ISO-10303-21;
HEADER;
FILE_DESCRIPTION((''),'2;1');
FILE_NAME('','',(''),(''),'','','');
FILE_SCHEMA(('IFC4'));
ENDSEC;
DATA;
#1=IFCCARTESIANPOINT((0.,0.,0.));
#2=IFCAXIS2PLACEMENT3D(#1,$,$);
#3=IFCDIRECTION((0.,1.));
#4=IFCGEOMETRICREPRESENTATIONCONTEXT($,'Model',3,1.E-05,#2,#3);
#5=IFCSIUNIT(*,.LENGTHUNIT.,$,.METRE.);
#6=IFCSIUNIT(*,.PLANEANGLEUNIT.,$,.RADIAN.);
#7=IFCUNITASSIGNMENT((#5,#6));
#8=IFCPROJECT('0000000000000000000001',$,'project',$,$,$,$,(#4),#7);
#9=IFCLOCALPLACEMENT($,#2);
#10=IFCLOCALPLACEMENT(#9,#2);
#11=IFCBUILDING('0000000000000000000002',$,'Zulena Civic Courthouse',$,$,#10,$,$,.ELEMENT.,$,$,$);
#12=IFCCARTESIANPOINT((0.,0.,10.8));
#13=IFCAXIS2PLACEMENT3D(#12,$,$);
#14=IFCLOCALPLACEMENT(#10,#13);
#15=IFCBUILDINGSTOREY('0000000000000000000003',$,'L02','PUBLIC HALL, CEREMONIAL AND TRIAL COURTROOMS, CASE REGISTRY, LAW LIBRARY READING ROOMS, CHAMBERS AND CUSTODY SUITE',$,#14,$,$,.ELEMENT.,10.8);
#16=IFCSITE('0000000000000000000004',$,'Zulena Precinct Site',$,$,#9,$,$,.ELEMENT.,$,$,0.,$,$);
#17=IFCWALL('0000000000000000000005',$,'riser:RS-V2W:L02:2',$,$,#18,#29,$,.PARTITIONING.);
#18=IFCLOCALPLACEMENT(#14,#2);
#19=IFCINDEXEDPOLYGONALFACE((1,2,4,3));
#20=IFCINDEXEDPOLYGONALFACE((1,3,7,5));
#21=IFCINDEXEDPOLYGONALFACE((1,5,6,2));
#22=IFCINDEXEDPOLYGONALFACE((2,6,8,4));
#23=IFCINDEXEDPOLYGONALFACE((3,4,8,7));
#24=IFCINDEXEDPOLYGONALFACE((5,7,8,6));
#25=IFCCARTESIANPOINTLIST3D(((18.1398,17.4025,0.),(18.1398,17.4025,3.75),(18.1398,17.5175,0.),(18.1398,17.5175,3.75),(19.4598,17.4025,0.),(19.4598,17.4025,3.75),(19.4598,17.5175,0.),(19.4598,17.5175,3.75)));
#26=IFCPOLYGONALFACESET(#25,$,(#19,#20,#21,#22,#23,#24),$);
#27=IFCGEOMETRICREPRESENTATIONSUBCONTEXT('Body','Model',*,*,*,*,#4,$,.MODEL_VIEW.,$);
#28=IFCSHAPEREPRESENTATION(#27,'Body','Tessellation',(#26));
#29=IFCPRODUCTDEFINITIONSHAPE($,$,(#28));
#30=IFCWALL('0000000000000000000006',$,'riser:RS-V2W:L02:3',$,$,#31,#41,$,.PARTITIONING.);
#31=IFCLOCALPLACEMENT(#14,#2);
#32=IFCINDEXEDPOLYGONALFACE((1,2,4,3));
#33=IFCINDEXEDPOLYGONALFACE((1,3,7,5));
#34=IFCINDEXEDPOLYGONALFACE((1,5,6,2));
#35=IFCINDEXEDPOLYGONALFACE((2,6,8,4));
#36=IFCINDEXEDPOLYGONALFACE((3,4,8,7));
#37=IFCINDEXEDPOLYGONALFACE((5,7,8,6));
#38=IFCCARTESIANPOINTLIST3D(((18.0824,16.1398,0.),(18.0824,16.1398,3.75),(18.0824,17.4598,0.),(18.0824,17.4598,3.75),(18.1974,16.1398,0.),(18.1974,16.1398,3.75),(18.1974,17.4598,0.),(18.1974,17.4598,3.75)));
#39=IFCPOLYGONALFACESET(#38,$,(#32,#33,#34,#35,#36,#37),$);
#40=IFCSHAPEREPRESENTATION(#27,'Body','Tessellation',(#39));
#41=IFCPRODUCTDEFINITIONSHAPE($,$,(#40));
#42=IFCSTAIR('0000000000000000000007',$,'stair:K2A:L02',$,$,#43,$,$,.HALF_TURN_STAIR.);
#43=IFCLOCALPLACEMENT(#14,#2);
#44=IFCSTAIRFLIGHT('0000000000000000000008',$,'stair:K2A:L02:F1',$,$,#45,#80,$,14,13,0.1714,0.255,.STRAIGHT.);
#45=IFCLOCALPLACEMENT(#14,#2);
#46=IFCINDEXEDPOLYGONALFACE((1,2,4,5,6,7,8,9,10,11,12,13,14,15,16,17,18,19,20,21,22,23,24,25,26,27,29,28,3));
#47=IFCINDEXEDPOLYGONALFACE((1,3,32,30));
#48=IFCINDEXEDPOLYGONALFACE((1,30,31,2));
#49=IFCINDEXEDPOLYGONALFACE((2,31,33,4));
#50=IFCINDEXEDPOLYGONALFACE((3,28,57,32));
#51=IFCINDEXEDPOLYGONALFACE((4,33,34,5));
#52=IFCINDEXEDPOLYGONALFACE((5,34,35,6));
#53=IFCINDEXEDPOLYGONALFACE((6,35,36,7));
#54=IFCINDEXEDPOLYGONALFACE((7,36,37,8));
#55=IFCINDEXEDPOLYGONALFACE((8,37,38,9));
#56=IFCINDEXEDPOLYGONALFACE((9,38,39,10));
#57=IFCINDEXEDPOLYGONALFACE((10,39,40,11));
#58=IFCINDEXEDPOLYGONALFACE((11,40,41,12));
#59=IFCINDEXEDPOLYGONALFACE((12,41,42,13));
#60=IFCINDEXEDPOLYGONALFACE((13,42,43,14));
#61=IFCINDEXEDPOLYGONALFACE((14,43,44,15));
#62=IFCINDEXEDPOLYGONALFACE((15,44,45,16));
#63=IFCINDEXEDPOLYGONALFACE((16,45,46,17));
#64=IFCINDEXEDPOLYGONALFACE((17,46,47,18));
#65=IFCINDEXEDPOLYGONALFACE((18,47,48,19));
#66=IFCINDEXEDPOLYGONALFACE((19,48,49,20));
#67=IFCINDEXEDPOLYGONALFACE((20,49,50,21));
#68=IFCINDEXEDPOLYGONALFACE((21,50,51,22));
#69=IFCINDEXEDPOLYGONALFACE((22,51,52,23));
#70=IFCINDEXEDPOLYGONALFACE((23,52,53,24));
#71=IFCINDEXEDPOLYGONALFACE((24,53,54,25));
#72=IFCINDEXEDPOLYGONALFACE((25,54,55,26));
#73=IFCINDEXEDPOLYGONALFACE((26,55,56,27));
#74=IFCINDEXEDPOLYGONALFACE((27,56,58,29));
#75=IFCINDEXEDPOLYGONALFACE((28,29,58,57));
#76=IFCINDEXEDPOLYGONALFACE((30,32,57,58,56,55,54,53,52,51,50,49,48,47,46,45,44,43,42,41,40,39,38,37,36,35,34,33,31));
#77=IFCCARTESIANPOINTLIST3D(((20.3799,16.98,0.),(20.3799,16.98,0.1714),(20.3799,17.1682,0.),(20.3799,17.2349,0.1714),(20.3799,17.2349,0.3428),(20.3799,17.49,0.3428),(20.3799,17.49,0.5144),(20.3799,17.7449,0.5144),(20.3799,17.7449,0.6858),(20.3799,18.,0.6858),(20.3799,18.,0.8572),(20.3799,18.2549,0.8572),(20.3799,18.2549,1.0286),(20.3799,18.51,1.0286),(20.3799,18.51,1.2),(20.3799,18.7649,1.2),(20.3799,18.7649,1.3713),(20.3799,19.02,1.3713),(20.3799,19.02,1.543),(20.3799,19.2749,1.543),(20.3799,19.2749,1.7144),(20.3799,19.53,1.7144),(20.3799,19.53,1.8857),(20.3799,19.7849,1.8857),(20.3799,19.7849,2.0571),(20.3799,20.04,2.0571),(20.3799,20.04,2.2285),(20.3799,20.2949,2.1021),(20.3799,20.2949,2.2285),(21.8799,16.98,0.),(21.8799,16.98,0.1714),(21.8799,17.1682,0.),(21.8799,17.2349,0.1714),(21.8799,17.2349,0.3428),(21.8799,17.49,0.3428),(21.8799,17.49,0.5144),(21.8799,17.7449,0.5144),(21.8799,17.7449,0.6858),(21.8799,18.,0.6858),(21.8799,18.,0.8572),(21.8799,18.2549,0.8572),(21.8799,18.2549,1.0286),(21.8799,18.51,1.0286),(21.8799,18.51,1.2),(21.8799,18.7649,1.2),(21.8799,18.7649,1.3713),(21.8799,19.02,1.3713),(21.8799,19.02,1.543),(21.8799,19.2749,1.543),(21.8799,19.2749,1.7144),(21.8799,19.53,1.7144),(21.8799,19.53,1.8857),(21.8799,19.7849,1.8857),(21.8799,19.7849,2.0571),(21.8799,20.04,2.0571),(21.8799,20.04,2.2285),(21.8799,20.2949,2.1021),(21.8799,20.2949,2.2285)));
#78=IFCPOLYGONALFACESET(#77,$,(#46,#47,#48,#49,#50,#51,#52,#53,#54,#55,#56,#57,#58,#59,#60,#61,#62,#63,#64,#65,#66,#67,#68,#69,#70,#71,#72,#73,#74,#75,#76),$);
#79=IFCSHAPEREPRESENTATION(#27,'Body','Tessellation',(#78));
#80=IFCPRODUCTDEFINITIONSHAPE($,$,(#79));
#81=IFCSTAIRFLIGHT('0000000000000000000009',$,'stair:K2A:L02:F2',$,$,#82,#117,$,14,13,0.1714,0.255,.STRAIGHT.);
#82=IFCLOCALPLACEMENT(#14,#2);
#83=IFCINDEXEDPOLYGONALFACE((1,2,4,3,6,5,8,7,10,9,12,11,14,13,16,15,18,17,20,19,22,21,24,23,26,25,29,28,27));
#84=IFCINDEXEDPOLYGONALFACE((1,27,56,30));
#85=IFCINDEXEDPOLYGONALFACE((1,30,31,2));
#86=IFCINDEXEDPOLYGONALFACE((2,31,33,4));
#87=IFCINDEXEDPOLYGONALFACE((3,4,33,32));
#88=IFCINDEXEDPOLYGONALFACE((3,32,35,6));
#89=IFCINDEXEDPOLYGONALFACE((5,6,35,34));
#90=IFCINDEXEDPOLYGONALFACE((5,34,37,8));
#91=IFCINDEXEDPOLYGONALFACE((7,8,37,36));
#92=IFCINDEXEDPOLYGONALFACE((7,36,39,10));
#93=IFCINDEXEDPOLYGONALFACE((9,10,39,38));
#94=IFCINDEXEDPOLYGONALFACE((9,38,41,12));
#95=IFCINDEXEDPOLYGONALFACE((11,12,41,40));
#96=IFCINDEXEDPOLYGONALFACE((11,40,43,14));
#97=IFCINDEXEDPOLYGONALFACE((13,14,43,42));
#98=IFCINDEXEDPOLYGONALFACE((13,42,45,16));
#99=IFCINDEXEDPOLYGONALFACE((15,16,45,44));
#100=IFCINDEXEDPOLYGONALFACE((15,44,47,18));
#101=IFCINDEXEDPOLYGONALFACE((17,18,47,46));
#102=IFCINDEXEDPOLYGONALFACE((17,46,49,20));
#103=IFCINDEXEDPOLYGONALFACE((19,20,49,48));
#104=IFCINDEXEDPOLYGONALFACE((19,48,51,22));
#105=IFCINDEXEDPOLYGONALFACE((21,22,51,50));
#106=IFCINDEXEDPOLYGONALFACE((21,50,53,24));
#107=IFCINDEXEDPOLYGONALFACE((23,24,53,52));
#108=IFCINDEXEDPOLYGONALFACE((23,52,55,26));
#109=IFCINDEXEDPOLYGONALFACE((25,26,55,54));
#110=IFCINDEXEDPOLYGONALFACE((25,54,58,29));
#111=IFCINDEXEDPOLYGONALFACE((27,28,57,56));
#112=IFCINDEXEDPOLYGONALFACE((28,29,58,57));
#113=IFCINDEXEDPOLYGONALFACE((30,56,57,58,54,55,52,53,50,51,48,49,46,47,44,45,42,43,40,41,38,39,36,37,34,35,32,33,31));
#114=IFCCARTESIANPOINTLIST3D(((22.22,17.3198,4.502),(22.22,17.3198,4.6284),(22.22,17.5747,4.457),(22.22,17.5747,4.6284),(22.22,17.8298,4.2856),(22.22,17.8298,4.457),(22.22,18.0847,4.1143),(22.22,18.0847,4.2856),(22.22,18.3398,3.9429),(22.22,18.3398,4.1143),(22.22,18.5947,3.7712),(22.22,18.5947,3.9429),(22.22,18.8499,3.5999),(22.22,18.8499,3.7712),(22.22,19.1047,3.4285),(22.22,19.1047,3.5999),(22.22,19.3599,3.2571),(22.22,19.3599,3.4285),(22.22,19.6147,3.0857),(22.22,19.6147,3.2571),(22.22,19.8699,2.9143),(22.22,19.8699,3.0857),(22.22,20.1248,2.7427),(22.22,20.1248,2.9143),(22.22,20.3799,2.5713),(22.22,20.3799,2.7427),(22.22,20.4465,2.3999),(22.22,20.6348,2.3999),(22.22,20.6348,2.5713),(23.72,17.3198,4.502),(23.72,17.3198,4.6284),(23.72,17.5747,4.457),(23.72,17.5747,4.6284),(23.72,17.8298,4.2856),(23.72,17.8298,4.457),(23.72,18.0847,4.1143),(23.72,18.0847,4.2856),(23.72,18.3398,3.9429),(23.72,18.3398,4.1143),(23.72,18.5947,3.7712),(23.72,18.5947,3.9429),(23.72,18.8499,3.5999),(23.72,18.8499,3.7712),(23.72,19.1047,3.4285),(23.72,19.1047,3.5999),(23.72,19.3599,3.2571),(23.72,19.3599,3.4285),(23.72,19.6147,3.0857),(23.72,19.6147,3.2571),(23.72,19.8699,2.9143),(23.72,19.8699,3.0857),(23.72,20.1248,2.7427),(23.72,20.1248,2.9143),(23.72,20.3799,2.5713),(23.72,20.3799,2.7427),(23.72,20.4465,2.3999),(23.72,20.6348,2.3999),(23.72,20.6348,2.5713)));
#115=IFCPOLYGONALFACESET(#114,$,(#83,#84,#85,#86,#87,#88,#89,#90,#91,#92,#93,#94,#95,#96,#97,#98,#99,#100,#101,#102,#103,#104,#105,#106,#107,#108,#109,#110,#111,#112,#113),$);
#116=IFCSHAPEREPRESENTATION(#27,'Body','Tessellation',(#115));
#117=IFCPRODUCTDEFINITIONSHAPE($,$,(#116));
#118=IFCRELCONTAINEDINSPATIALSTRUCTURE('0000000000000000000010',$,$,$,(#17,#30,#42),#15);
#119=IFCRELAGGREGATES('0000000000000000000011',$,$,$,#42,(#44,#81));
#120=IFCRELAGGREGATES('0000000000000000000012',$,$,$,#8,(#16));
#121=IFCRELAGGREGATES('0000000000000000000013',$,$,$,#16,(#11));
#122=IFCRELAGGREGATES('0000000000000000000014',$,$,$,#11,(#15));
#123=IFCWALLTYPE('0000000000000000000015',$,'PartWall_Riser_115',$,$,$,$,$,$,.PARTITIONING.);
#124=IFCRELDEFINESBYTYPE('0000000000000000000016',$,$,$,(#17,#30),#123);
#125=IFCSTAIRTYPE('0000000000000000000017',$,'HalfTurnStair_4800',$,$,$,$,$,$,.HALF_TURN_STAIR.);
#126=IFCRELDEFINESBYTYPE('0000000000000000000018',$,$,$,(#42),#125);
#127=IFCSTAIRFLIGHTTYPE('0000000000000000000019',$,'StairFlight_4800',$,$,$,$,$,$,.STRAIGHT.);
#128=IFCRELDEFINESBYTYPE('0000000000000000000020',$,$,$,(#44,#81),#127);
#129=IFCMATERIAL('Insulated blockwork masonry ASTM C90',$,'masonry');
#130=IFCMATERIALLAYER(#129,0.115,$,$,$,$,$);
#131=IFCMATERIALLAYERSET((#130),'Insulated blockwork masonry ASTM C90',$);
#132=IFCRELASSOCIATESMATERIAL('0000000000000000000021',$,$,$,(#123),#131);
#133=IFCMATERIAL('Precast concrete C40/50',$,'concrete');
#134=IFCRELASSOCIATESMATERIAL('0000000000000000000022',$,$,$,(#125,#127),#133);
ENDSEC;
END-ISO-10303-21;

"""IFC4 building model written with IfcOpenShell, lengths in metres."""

from ifc_helpers import new_model, si_unit, direction, frame, frame_2d, origin, place, context, subcontext, project, spatial, polyline, rectangle, outline, extrude, material, layer, layer_set, type_object, element, aggregate, save


model = new_model("IFC4")

# Units and contexts
model_context = context("Model", 3, precision=1e-05, world=origin(), true_north=direction((0.0, 1.0)))
body_context = subcontext(model_context, "Body", "Model", "MODEL_VIEW")
ifc_project = project(units=[si_unit("LENGTHUNIT", "METRE"), si_unit("PLANEANGLEUNIT", "RADIAN")], contexts=[model_context])

# Site, building, storey
site_placement = place(None, origin())
site = spatial("IfcSite", under=ifc_project, at=site_placement, Name="Zulena Precinct Site", CompositionType="ELEMENT", RefElevation=0.0)
building_placement = place(site_placement, origin())
building = spatial("IfcBuilding", under=site, at=building_placement, Name="Zulena Civic Courthouse", CompositionType="ELEMENT")
storey_placement = place(building_placement, frame((0.0, 0.0, 10.8)))
storey = spatial("IfcBuildingStorey", under=building, at=storey_placement, Name="L02", Description="PUBLIC HALL, CEREMONIAL AND TRIAL COURTROOMS, CASE REGISTRY, LAW LIBRARY READING ROOMS, CHAMBERS AND CUSTODY SUITE", CompositionType="ELEMENT", Elevation=10.8)

# Walls
ifc_material_1 = material(Name="Insulated blockwork masonry ASTM C90", Category="masonry")
ifc_layer_1 = layer(ifc_material_1, 0.115)
ifc_layer_set_1 = layer_set([ifc_layer_1], Name="Insulated blockwork masonry ASTM C90")
wall_type_1 = type_object("IfcWallType", Name="PartWall_Riser_115", PredefinedType="PARTITIONING", material=ifc_layer_set_1)
for number, where, z_axis, x_axis, name in (
    (1, (19.46, 17.46, 0.0), (0.0, 0.0, 1.0), (-1.0, 0.0, 0.0), "riser:RS-V2W:L02:2"),
    (2, (18.1399, 17.46, 0.0), (0.0, 0.0, 1.0), (0.0, -1.0, 0.0), "riser:RS-V2W:L02:3"),
):
    element("IfcWall", number, at=place(storey_placement, frame(where, z_axis=z_axis, x_axis=x_axis)), inside=storey, type_object=wall_type_1, Name=name, PredefinedType="PARTITIONING", context=body_context, shape_type="SweptSolid", body=[
        extrude(rectangle(XDim=1.3201, YDim=0.115, at=frame_2d((0.6602, 0.0))), origin(), (0.0, 0.0, 1.0), 3.75),
    ])

# Stair, stair flights
ifc_material_2 = material(Name="Precast concrete C40/50", Category="concrete")
stair_type = type_object("IfcStairType", Name="HalfTurnStair_4800", PredefinedType="HALF_TURN_STAIR", material=ifc_material_2)
stair_placement = place(storey_placement, origin())
stair = element("IfcStair", 3, at=stair_placement, inside=storey, type_object=stair_type, Name="stair:K2A:L02", PredefinedType="HALF_TURN_STAIR")
stair_flight_type = type_object("IfcStairFlightType", Name="StairFlight_4800", PredefinedType="STRAIGHT", material=ifc_material_2)
stair_flight_1_placement = place(storey_placement, frame((21.1299, 16.98, 0.0), z_axis=(0.0, 0.0, 1.0), x_axis=(0.0, 1.0, 0.0)))
stair_flight_1 = element("IfcStairFlight", 4, at=stair_flight_1_placement, type_object=stair_flight_type, Name="stair:K2A:L02:F1", NumberOfRisers=14, NumberOfTreads=13, PredefinedType="STRAIGHT", RiserHeight=0.1714, TreadLength=0.255, context=body_context, shape_type="SweptSolid", body=[
    extrude(outline(polyline([(0.0, 0.0), (0.0, 0.1714), (0.2549, 0.1714), (0.2549, 0.3428), (0.51, 0.3428), (0.51, 0.5144), (0.7649, 0.5144), (0.7649, 0.6858), (1.02, 0.6858), (1.02, 0.8572), (1.2749, 0.8572), (1.2749, 1.0286), (1.53, 1.0286), (1.53, 1.2), (1.7849, 1.2), (1.7849, 1.3713), (2.04, 1.3713), (2.04, 1.543), (2.2949, 1.543), (2.2949, 1.7144), (2.55, 1.7144), (2.55, 1.8857), (2.8049, 1.8857), (2.8049, 2.0571), (3.0601, 2.0571), (3.0601, 2.2285), (3.3149, 2.2285), (3.3149, 2.3999), (3.3149, 2.1021), (0.1882, 0.0), (0.0, 0.0)])), frame((0.0, 0.75, 0.0), z_axis=(0.0, -1.0, 0.0), x_axis=(1.0, 0.0, 0.0)), (0.0, 0.0, 1.0), 1.5),
])
stair_flight_2_placement = place(storey_placement, frame((22.97, 20.6348, 2.3999), z_axis=(0.0, 0.0, 1.0), x_axis=(0.0, -1.0, 0.0)))
stair_flight_2 = element("IfcStairFlight", 5, at=stair_flight_2_placement, type_object=stair_flight_type, Name="stair:K2A:L02:F2", NumberOfRisers=14, NumberOfTreads=13, PredefinedType="STRAIGHT", RiserHeight=0.1714, TreadLength=0.255, context=body_context, shape_type="SweptSolid", body=[
    extrude(outline(polyline([(0.0, 0.0), (0.0, 0.1714), (0.2549, 0.1714), (0.2549, 0.3428), (0.51, 0.3428), (0.51, 0.5144), (0.7649, 0.5144), (0.7649, 0.6858), (1.02, 0.6858), (1.02, 0.8572), (1.2749, 0.8572), (1.2749, 1.0286), (1.53, 1.0286), (1.53, 1.2), (1.7849, 1.2), (1.7849, 1.3713), (2.04, 1.3713), (2.04, 1.543), (2.2949, 1.543), (2.2949, 1.7144), (2.55, 1.7144), (2.55, 1.8857), (2.8049, 1.8857), (2.8049, 2.0571), (3.0601, 2.0571), (3.0601, 2.2285), (3.3149, 2.2285), (3.3149, 2.3999), (3.3149, 2.1021), (0.1882, 0.0), (0.0, 0.0)])), frame((0.0, 0.75, 0.0), z_axis=(0.0, -1.0, 0.0), x_axis=(1.0, 0.0, 0.0)), (0.0, 0.0, 1.0), 1.5),
])
aggregate(stair, [stair_flight_1, stair_flight_2])

save(model, "model.ifc")
